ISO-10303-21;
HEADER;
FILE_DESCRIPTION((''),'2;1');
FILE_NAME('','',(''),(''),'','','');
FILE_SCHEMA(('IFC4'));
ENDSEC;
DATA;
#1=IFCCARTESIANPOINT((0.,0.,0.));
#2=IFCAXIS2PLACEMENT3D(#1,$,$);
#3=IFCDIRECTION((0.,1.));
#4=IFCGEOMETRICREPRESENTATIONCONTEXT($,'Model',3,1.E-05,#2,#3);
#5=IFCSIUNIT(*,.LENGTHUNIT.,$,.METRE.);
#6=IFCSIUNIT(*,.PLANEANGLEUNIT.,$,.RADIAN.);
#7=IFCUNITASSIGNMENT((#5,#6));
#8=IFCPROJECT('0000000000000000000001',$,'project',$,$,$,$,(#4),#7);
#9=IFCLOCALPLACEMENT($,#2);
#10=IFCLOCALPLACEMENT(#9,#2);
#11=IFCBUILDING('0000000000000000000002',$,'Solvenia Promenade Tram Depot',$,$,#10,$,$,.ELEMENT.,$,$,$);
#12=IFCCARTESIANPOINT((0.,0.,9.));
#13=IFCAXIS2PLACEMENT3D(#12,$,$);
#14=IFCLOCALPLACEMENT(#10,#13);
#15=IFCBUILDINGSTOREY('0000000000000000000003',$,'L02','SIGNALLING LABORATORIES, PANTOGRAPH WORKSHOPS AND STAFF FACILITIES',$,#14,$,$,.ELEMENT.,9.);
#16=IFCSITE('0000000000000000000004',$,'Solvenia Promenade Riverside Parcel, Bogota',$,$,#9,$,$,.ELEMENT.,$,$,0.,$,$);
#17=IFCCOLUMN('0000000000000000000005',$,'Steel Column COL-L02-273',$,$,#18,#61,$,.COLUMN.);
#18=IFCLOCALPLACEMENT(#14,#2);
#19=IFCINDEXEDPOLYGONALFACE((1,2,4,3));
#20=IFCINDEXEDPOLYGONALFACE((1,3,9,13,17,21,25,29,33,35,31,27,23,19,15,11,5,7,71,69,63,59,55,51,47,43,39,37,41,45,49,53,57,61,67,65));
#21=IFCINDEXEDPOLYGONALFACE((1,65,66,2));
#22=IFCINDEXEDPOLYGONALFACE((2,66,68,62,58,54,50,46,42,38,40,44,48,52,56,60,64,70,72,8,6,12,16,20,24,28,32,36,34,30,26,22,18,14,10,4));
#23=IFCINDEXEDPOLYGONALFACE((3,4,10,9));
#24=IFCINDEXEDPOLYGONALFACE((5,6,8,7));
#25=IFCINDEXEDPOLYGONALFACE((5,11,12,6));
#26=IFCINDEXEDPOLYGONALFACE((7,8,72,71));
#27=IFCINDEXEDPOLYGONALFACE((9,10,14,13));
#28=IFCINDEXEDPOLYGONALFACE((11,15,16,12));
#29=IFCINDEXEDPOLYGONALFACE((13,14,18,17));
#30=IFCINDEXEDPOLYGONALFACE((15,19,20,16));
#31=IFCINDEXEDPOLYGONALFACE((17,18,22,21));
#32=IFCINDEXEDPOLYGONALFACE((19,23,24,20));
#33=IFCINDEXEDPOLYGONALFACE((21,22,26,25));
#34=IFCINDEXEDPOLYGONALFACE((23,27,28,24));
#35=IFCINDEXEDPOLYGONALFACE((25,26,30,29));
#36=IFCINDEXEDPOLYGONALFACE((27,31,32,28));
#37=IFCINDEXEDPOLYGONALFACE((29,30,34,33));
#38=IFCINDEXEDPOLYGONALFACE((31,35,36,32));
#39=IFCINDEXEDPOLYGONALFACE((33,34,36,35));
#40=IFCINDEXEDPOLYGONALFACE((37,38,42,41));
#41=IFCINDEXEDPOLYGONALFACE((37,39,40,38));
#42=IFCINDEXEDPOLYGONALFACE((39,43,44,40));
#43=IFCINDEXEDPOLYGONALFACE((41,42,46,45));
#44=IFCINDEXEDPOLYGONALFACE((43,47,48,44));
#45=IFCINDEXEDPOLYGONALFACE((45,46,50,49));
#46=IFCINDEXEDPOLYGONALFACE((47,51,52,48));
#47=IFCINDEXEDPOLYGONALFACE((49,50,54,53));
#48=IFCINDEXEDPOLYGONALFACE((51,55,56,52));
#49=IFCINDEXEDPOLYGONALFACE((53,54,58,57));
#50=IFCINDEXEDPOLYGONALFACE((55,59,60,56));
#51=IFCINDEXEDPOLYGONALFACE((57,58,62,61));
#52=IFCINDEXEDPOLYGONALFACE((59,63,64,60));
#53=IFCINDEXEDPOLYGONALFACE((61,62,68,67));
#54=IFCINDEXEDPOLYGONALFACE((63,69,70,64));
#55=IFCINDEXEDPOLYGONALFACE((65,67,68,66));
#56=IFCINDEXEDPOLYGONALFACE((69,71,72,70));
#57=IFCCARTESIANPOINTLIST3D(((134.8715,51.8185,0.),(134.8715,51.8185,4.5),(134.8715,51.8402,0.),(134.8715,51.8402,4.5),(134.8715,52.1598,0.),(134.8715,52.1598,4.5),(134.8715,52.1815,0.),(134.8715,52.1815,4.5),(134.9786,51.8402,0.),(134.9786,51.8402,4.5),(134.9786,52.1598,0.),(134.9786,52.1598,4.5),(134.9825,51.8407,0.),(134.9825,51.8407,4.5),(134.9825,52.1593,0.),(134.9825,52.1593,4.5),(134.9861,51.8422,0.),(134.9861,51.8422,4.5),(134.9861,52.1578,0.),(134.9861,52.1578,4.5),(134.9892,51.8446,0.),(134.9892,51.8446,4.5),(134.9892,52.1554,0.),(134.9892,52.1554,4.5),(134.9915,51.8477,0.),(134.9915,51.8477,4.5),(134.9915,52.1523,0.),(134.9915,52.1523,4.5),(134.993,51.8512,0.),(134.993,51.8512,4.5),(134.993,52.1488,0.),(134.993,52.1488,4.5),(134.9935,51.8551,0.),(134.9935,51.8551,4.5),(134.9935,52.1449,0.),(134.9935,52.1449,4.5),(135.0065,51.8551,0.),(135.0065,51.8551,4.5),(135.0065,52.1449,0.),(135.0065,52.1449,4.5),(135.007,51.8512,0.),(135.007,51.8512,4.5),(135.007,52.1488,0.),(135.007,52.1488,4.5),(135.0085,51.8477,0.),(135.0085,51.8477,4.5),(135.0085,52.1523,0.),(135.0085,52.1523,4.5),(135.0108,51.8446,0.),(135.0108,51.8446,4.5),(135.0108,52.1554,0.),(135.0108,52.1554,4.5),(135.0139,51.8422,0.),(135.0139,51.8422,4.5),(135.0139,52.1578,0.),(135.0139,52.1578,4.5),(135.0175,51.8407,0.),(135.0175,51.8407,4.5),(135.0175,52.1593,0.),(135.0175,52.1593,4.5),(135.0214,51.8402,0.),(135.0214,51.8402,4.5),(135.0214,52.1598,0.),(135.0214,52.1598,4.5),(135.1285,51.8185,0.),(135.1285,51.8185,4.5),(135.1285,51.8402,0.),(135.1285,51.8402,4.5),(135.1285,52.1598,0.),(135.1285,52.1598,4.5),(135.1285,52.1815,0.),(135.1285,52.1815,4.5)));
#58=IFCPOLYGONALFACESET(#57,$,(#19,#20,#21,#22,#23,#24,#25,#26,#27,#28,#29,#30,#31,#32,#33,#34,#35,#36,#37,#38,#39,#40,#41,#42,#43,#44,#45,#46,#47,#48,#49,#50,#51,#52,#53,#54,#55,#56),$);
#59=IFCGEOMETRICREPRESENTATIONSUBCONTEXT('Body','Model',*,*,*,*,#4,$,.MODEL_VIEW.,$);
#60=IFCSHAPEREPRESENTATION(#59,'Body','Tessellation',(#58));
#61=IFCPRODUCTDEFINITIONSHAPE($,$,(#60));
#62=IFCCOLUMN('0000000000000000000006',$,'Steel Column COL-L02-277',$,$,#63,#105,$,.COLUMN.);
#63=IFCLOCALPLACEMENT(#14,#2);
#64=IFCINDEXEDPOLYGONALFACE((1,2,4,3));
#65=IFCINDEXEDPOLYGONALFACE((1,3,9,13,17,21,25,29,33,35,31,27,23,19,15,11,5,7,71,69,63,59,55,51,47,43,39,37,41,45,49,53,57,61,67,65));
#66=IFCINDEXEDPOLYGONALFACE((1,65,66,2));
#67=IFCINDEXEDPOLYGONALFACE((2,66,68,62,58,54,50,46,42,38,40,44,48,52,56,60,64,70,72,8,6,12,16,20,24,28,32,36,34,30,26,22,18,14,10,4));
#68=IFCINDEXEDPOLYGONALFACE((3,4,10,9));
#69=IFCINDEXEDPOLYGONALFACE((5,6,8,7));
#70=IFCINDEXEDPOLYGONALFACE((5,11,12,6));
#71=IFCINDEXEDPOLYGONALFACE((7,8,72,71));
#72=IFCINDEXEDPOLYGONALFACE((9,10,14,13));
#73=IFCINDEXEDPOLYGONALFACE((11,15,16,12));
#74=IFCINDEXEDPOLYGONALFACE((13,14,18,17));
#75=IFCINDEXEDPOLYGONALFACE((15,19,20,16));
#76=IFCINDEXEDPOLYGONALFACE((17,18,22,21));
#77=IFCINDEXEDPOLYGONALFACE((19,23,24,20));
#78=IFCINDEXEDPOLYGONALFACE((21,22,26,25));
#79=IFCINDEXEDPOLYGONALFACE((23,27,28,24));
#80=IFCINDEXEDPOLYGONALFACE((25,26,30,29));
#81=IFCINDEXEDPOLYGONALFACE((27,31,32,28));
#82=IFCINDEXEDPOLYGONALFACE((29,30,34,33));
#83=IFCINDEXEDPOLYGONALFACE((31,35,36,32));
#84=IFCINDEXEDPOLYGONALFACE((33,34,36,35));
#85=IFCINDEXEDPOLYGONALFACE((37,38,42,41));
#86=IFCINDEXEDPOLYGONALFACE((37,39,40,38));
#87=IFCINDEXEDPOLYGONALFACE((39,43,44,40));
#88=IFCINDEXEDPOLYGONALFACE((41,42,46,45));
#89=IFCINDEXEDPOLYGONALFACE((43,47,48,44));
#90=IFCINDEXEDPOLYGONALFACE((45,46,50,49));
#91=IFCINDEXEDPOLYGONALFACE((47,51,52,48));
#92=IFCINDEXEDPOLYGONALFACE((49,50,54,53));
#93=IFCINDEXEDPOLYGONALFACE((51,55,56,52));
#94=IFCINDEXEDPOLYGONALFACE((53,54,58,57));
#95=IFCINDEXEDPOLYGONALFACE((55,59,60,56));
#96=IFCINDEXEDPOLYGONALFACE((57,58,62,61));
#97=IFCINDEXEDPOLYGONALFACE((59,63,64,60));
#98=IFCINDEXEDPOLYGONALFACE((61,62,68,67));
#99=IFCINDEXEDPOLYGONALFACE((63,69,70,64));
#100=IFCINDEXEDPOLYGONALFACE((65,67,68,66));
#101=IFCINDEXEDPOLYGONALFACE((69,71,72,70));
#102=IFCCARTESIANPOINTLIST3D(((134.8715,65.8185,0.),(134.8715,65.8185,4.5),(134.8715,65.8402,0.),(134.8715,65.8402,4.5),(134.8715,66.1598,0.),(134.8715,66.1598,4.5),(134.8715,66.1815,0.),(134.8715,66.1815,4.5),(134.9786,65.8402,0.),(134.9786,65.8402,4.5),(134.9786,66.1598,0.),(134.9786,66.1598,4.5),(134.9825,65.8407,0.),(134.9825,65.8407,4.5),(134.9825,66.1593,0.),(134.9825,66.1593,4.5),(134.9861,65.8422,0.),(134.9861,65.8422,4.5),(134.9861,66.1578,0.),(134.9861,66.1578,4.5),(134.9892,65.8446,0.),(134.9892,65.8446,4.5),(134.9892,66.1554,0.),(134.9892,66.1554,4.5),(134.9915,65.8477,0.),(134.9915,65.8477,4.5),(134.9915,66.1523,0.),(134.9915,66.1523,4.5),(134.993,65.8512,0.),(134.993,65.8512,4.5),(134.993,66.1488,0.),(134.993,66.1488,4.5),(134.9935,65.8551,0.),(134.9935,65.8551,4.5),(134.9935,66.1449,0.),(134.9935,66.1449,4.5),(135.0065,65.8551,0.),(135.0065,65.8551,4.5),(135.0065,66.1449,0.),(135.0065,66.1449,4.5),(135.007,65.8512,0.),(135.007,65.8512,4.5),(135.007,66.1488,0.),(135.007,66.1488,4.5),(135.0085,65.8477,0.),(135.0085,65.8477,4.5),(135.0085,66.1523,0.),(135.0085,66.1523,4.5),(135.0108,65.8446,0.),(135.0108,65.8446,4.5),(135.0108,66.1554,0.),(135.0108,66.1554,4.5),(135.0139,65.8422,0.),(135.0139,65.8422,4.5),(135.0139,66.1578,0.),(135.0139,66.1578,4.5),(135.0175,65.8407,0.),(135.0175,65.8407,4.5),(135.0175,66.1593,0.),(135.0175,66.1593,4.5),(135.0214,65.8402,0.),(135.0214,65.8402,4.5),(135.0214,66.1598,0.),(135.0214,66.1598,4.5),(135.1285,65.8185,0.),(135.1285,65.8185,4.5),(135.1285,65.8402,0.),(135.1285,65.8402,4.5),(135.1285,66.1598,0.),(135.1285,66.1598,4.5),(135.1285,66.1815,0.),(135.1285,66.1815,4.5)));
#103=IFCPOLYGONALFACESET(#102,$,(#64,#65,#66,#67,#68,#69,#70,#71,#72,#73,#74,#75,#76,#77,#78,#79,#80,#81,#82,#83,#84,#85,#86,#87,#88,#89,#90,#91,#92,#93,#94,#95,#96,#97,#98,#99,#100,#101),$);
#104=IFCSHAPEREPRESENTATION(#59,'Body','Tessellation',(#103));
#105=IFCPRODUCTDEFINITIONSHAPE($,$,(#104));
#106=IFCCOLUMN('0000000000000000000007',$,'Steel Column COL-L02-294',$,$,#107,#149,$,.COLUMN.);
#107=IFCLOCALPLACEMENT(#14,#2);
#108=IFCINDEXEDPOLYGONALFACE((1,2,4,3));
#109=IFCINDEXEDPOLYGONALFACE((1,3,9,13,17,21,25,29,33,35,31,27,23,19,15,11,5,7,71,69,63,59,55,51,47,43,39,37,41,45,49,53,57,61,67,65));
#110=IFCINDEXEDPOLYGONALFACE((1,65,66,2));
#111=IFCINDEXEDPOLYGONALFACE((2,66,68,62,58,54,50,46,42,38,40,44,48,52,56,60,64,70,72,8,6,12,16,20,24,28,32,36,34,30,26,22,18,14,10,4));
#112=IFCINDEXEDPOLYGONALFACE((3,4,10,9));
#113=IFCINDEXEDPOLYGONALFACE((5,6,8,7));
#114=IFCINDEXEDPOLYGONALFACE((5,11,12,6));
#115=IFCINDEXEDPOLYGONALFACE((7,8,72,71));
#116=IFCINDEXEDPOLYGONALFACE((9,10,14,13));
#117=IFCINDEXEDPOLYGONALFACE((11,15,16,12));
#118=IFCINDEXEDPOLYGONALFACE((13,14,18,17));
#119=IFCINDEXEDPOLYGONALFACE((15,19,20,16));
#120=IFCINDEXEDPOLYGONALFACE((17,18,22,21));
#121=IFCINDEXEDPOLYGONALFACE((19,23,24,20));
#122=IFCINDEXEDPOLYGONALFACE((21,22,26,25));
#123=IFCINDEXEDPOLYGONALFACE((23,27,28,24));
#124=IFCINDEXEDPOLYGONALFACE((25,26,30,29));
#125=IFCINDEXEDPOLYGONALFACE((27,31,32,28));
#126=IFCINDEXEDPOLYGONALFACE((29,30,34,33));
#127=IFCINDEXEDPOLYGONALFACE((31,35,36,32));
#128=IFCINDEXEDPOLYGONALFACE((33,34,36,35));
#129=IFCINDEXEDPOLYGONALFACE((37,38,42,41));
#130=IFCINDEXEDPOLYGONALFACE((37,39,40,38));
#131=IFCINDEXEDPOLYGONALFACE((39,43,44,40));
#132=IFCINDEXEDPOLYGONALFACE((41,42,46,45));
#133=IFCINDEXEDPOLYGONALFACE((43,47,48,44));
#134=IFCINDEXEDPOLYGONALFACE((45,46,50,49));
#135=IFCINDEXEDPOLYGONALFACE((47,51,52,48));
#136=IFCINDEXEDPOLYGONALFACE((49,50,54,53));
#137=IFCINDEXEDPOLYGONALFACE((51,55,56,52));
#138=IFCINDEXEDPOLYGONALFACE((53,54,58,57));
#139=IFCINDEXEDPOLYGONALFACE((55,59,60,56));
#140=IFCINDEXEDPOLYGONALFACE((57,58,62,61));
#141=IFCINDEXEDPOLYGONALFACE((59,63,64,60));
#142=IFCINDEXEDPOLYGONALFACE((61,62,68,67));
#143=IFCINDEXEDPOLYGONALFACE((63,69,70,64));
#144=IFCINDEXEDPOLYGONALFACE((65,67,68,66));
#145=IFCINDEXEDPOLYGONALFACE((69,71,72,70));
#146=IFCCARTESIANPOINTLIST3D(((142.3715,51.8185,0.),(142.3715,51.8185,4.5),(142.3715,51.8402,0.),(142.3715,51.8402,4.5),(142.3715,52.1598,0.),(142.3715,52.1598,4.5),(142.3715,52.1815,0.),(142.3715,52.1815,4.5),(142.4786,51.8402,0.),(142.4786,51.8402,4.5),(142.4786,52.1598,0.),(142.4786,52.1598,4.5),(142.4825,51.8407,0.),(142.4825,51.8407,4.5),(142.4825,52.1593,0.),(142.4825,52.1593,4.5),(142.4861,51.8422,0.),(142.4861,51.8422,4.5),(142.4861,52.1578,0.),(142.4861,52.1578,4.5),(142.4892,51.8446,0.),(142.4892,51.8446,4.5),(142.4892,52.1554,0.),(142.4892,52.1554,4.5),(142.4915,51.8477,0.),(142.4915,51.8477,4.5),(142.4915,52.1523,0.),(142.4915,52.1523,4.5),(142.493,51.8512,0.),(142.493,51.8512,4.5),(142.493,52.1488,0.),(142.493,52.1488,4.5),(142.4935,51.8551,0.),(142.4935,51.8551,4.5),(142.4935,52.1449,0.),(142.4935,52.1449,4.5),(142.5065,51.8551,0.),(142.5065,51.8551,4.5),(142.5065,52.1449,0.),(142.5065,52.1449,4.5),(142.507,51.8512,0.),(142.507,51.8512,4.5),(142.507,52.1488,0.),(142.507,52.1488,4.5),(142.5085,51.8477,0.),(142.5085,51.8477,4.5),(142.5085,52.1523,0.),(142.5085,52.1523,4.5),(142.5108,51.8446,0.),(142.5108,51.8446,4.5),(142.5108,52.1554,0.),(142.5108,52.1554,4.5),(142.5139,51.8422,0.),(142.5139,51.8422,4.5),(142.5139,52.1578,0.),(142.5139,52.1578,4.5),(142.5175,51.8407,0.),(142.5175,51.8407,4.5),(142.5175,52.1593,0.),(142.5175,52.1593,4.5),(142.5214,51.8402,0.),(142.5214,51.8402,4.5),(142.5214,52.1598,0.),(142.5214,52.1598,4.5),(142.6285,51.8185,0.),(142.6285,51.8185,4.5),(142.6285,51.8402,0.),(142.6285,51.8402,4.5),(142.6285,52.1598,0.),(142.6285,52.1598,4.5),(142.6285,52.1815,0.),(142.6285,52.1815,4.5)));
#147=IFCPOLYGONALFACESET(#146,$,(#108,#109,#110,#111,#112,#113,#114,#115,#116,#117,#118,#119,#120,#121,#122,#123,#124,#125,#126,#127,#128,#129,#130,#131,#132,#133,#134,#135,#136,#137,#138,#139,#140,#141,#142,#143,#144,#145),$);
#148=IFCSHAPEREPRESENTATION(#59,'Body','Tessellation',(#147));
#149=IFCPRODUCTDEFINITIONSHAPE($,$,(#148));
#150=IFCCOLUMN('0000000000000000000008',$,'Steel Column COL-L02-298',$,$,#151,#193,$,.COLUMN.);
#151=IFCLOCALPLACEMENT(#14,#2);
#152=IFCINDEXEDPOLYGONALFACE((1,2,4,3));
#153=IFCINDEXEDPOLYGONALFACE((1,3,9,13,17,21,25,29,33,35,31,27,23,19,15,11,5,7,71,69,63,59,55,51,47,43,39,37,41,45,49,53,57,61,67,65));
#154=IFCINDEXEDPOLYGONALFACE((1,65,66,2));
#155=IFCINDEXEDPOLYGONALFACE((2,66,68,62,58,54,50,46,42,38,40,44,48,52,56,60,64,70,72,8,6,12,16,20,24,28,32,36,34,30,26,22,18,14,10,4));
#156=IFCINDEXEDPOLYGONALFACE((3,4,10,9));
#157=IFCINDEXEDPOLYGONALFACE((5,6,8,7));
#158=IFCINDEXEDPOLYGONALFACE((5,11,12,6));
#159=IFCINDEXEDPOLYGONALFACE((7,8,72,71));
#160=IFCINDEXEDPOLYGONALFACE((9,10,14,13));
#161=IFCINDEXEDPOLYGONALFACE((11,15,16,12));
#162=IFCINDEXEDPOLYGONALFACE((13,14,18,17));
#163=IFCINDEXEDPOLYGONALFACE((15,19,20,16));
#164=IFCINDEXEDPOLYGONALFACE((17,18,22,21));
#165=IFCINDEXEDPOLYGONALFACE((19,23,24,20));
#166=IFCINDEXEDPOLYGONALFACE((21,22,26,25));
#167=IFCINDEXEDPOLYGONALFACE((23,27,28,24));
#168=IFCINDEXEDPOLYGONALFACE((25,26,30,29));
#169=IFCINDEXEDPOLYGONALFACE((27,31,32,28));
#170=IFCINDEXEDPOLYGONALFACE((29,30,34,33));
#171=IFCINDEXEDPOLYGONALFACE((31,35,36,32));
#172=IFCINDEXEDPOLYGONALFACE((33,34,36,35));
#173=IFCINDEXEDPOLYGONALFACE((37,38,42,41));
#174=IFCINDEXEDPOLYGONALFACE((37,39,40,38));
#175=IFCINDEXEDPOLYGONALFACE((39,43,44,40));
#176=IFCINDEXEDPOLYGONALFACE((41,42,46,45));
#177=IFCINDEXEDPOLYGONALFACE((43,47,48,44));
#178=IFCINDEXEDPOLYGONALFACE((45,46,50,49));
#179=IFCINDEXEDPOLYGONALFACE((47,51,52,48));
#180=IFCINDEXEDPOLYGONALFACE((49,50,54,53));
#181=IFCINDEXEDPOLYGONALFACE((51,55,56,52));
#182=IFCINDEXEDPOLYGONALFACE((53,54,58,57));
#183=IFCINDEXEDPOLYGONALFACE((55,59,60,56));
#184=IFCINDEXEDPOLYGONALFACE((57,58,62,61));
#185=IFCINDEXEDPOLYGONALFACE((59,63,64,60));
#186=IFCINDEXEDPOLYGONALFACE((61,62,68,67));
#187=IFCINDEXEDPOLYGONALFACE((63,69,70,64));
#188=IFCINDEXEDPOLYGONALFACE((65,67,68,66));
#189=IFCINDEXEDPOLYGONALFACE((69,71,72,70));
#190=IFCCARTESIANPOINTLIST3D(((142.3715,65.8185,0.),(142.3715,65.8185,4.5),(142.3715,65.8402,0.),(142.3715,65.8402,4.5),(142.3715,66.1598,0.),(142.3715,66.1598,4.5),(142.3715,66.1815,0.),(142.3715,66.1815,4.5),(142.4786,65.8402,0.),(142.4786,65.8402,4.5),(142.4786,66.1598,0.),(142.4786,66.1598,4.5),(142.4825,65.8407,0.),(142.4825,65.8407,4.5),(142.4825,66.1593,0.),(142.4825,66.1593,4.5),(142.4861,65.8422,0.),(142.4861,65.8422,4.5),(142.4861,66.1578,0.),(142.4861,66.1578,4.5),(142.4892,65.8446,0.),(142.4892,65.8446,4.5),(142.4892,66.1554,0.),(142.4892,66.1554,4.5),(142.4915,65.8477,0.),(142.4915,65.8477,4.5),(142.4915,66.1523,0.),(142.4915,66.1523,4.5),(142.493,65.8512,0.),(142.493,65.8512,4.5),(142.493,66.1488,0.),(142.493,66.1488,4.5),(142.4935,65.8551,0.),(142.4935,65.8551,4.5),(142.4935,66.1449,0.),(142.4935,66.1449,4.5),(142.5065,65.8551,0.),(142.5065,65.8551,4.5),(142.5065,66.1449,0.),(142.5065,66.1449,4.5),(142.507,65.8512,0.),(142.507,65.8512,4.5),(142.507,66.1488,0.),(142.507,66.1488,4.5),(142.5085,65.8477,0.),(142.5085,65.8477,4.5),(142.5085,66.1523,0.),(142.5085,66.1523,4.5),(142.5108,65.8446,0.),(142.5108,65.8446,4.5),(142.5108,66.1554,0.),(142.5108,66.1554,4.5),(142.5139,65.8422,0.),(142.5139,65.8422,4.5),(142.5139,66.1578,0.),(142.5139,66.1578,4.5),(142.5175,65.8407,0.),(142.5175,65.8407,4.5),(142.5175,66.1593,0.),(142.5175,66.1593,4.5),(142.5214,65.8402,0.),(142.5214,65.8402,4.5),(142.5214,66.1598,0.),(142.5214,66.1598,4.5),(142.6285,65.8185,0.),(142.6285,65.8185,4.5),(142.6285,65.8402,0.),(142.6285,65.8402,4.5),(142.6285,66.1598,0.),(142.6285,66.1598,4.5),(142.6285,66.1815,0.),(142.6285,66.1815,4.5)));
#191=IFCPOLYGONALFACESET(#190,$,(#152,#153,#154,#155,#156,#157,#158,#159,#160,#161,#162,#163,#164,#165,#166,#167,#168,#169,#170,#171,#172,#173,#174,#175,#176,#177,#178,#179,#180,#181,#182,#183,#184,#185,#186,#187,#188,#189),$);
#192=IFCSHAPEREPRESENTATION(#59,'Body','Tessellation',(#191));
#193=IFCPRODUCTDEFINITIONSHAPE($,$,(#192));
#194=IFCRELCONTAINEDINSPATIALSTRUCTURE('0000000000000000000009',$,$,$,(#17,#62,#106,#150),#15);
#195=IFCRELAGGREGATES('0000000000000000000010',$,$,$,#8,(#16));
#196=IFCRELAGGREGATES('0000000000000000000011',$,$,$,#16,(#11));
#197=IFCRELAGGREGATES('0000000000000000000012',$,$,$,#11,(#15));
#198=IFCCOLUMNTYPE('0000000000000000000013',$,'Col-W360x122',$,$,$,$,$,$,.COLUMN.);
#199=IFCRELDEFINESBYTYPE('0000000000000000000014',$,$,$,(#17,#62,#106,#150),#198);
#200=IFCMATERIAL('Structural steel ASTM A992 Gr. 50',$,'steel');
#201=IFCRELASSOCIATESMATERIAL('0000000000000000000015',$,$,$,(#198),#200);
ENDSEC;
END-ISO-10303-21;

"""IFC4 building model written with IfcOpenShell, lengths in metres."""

from ifc_helpers import new_model, si_unit, direction, frame, origin, origin_2d, place, context, subcontext, project, spatial, i_section, extrude, material, material_profile, profile_set, type_object, element, save


model = new_model("IFC4")

# Units and contexts
model_context = context("Model", 3, precision=1e-05, world=origin(), true_north=direction((0.0, 1.0)))
body_context = subcontext(model_context, "Body", "Model", "MODEL_VIEW")
ifc_project = project(units=[si_unit("LENGTHUNIT", "METRE"), si_unit("PLANEANGLEUNIT", "RADIAN")], contexts=[model_context])

# Site, building, storey
site_placement = place(None, origin())
site = spatial("IfcSite", under=ifc_project, at=site_placement, Name="Solvenia Promenade Riverside Parcel, Bogota", CompositionType="ELEMENT", RefElevation=0.0)
building_placement = place(site_placement, origin())
building = spatial("IfcBuilding", under=site, at=building_placement, Name="Solvenia Promenade Tram Depot", CompositionType="ELEMENT")
storey_placement = place(building_placement, frame((0.0, 0.0, 9.0)))
storey = spatial("IfcBuildingStorey", under=building, at=storey_placement, Name="L02", Description="SIGNALLING LABORATORIES, PANTOGRAPH WORKSHOPS AND STAFF FACILITIES", CompositionType="ELEMENT", Elevation=9.0)

# Columns
ifc_material_1 = material(Name="Structural steel ASTM A992 Gr. 50", Category="steel")
ifc_material_profile_1 = material_profile(ifc_material_1, i_section(OverallWidth=0.2571, OverallDepth=0.363, WebThickness=0.0129, FlangeThickness=0.0217, FilletRadius=0.0149, at=origin_2d()), Name="W360x122", Category="steel")
ifc_profile_set_1 = profile_set([ifc_material_profile_1], Name="Structural steel ASTM A992 Gr. 50")
column_type = type_object("IfcColumnType", Name="Col-W360x122", PredefinedType="COLUMN", material=ifc_profile_set_1)
for number, where, z_axis, x_axis, name in (
    (1, (135.0, 52.0, 0.0), (0.0, 0.0, 1.0), (1.0, 0.0, 0.0), "Steel Column COL-L02-273"),
    (2, (135.0, 66.0, 0.0), (0.0, 0.0, 1.0), (1.0, 0.0, 0.0), "Steel Column COL-L02-277"),
    (3, (142.5, 52.0, 0.0), (0.0, 0.0, 1.0), (1.0, 0.0, 0.0), "Steel Column COL-L02-294"),
    (4, (142.5, 66.0, 0.0), (0.0, 0.0, 1.0), (1.0, 0.0, 0.0), "Steel Column COL-L02-298"),
):
    element("IfcColumn", number, at=place(storey_placement, frame(where, z_axis=z_axis, x_axis=x_axis)), inside=storey, type_object=column_type, Name=name, PredefinedType="COLUMN", context=body_context, shape_type="SweptSolid", body=[
        extrude(i_section(OverallWidth=0.2571, OverallDepth=0.363, WebThickness=0.0129, FlangeThickness=0.0217, FilletRadius=0.0149, at=origin_2d()), origin(), (0.0, 0.0, 1.0), 4.5),
    ])

save(model, "model.ifc")
